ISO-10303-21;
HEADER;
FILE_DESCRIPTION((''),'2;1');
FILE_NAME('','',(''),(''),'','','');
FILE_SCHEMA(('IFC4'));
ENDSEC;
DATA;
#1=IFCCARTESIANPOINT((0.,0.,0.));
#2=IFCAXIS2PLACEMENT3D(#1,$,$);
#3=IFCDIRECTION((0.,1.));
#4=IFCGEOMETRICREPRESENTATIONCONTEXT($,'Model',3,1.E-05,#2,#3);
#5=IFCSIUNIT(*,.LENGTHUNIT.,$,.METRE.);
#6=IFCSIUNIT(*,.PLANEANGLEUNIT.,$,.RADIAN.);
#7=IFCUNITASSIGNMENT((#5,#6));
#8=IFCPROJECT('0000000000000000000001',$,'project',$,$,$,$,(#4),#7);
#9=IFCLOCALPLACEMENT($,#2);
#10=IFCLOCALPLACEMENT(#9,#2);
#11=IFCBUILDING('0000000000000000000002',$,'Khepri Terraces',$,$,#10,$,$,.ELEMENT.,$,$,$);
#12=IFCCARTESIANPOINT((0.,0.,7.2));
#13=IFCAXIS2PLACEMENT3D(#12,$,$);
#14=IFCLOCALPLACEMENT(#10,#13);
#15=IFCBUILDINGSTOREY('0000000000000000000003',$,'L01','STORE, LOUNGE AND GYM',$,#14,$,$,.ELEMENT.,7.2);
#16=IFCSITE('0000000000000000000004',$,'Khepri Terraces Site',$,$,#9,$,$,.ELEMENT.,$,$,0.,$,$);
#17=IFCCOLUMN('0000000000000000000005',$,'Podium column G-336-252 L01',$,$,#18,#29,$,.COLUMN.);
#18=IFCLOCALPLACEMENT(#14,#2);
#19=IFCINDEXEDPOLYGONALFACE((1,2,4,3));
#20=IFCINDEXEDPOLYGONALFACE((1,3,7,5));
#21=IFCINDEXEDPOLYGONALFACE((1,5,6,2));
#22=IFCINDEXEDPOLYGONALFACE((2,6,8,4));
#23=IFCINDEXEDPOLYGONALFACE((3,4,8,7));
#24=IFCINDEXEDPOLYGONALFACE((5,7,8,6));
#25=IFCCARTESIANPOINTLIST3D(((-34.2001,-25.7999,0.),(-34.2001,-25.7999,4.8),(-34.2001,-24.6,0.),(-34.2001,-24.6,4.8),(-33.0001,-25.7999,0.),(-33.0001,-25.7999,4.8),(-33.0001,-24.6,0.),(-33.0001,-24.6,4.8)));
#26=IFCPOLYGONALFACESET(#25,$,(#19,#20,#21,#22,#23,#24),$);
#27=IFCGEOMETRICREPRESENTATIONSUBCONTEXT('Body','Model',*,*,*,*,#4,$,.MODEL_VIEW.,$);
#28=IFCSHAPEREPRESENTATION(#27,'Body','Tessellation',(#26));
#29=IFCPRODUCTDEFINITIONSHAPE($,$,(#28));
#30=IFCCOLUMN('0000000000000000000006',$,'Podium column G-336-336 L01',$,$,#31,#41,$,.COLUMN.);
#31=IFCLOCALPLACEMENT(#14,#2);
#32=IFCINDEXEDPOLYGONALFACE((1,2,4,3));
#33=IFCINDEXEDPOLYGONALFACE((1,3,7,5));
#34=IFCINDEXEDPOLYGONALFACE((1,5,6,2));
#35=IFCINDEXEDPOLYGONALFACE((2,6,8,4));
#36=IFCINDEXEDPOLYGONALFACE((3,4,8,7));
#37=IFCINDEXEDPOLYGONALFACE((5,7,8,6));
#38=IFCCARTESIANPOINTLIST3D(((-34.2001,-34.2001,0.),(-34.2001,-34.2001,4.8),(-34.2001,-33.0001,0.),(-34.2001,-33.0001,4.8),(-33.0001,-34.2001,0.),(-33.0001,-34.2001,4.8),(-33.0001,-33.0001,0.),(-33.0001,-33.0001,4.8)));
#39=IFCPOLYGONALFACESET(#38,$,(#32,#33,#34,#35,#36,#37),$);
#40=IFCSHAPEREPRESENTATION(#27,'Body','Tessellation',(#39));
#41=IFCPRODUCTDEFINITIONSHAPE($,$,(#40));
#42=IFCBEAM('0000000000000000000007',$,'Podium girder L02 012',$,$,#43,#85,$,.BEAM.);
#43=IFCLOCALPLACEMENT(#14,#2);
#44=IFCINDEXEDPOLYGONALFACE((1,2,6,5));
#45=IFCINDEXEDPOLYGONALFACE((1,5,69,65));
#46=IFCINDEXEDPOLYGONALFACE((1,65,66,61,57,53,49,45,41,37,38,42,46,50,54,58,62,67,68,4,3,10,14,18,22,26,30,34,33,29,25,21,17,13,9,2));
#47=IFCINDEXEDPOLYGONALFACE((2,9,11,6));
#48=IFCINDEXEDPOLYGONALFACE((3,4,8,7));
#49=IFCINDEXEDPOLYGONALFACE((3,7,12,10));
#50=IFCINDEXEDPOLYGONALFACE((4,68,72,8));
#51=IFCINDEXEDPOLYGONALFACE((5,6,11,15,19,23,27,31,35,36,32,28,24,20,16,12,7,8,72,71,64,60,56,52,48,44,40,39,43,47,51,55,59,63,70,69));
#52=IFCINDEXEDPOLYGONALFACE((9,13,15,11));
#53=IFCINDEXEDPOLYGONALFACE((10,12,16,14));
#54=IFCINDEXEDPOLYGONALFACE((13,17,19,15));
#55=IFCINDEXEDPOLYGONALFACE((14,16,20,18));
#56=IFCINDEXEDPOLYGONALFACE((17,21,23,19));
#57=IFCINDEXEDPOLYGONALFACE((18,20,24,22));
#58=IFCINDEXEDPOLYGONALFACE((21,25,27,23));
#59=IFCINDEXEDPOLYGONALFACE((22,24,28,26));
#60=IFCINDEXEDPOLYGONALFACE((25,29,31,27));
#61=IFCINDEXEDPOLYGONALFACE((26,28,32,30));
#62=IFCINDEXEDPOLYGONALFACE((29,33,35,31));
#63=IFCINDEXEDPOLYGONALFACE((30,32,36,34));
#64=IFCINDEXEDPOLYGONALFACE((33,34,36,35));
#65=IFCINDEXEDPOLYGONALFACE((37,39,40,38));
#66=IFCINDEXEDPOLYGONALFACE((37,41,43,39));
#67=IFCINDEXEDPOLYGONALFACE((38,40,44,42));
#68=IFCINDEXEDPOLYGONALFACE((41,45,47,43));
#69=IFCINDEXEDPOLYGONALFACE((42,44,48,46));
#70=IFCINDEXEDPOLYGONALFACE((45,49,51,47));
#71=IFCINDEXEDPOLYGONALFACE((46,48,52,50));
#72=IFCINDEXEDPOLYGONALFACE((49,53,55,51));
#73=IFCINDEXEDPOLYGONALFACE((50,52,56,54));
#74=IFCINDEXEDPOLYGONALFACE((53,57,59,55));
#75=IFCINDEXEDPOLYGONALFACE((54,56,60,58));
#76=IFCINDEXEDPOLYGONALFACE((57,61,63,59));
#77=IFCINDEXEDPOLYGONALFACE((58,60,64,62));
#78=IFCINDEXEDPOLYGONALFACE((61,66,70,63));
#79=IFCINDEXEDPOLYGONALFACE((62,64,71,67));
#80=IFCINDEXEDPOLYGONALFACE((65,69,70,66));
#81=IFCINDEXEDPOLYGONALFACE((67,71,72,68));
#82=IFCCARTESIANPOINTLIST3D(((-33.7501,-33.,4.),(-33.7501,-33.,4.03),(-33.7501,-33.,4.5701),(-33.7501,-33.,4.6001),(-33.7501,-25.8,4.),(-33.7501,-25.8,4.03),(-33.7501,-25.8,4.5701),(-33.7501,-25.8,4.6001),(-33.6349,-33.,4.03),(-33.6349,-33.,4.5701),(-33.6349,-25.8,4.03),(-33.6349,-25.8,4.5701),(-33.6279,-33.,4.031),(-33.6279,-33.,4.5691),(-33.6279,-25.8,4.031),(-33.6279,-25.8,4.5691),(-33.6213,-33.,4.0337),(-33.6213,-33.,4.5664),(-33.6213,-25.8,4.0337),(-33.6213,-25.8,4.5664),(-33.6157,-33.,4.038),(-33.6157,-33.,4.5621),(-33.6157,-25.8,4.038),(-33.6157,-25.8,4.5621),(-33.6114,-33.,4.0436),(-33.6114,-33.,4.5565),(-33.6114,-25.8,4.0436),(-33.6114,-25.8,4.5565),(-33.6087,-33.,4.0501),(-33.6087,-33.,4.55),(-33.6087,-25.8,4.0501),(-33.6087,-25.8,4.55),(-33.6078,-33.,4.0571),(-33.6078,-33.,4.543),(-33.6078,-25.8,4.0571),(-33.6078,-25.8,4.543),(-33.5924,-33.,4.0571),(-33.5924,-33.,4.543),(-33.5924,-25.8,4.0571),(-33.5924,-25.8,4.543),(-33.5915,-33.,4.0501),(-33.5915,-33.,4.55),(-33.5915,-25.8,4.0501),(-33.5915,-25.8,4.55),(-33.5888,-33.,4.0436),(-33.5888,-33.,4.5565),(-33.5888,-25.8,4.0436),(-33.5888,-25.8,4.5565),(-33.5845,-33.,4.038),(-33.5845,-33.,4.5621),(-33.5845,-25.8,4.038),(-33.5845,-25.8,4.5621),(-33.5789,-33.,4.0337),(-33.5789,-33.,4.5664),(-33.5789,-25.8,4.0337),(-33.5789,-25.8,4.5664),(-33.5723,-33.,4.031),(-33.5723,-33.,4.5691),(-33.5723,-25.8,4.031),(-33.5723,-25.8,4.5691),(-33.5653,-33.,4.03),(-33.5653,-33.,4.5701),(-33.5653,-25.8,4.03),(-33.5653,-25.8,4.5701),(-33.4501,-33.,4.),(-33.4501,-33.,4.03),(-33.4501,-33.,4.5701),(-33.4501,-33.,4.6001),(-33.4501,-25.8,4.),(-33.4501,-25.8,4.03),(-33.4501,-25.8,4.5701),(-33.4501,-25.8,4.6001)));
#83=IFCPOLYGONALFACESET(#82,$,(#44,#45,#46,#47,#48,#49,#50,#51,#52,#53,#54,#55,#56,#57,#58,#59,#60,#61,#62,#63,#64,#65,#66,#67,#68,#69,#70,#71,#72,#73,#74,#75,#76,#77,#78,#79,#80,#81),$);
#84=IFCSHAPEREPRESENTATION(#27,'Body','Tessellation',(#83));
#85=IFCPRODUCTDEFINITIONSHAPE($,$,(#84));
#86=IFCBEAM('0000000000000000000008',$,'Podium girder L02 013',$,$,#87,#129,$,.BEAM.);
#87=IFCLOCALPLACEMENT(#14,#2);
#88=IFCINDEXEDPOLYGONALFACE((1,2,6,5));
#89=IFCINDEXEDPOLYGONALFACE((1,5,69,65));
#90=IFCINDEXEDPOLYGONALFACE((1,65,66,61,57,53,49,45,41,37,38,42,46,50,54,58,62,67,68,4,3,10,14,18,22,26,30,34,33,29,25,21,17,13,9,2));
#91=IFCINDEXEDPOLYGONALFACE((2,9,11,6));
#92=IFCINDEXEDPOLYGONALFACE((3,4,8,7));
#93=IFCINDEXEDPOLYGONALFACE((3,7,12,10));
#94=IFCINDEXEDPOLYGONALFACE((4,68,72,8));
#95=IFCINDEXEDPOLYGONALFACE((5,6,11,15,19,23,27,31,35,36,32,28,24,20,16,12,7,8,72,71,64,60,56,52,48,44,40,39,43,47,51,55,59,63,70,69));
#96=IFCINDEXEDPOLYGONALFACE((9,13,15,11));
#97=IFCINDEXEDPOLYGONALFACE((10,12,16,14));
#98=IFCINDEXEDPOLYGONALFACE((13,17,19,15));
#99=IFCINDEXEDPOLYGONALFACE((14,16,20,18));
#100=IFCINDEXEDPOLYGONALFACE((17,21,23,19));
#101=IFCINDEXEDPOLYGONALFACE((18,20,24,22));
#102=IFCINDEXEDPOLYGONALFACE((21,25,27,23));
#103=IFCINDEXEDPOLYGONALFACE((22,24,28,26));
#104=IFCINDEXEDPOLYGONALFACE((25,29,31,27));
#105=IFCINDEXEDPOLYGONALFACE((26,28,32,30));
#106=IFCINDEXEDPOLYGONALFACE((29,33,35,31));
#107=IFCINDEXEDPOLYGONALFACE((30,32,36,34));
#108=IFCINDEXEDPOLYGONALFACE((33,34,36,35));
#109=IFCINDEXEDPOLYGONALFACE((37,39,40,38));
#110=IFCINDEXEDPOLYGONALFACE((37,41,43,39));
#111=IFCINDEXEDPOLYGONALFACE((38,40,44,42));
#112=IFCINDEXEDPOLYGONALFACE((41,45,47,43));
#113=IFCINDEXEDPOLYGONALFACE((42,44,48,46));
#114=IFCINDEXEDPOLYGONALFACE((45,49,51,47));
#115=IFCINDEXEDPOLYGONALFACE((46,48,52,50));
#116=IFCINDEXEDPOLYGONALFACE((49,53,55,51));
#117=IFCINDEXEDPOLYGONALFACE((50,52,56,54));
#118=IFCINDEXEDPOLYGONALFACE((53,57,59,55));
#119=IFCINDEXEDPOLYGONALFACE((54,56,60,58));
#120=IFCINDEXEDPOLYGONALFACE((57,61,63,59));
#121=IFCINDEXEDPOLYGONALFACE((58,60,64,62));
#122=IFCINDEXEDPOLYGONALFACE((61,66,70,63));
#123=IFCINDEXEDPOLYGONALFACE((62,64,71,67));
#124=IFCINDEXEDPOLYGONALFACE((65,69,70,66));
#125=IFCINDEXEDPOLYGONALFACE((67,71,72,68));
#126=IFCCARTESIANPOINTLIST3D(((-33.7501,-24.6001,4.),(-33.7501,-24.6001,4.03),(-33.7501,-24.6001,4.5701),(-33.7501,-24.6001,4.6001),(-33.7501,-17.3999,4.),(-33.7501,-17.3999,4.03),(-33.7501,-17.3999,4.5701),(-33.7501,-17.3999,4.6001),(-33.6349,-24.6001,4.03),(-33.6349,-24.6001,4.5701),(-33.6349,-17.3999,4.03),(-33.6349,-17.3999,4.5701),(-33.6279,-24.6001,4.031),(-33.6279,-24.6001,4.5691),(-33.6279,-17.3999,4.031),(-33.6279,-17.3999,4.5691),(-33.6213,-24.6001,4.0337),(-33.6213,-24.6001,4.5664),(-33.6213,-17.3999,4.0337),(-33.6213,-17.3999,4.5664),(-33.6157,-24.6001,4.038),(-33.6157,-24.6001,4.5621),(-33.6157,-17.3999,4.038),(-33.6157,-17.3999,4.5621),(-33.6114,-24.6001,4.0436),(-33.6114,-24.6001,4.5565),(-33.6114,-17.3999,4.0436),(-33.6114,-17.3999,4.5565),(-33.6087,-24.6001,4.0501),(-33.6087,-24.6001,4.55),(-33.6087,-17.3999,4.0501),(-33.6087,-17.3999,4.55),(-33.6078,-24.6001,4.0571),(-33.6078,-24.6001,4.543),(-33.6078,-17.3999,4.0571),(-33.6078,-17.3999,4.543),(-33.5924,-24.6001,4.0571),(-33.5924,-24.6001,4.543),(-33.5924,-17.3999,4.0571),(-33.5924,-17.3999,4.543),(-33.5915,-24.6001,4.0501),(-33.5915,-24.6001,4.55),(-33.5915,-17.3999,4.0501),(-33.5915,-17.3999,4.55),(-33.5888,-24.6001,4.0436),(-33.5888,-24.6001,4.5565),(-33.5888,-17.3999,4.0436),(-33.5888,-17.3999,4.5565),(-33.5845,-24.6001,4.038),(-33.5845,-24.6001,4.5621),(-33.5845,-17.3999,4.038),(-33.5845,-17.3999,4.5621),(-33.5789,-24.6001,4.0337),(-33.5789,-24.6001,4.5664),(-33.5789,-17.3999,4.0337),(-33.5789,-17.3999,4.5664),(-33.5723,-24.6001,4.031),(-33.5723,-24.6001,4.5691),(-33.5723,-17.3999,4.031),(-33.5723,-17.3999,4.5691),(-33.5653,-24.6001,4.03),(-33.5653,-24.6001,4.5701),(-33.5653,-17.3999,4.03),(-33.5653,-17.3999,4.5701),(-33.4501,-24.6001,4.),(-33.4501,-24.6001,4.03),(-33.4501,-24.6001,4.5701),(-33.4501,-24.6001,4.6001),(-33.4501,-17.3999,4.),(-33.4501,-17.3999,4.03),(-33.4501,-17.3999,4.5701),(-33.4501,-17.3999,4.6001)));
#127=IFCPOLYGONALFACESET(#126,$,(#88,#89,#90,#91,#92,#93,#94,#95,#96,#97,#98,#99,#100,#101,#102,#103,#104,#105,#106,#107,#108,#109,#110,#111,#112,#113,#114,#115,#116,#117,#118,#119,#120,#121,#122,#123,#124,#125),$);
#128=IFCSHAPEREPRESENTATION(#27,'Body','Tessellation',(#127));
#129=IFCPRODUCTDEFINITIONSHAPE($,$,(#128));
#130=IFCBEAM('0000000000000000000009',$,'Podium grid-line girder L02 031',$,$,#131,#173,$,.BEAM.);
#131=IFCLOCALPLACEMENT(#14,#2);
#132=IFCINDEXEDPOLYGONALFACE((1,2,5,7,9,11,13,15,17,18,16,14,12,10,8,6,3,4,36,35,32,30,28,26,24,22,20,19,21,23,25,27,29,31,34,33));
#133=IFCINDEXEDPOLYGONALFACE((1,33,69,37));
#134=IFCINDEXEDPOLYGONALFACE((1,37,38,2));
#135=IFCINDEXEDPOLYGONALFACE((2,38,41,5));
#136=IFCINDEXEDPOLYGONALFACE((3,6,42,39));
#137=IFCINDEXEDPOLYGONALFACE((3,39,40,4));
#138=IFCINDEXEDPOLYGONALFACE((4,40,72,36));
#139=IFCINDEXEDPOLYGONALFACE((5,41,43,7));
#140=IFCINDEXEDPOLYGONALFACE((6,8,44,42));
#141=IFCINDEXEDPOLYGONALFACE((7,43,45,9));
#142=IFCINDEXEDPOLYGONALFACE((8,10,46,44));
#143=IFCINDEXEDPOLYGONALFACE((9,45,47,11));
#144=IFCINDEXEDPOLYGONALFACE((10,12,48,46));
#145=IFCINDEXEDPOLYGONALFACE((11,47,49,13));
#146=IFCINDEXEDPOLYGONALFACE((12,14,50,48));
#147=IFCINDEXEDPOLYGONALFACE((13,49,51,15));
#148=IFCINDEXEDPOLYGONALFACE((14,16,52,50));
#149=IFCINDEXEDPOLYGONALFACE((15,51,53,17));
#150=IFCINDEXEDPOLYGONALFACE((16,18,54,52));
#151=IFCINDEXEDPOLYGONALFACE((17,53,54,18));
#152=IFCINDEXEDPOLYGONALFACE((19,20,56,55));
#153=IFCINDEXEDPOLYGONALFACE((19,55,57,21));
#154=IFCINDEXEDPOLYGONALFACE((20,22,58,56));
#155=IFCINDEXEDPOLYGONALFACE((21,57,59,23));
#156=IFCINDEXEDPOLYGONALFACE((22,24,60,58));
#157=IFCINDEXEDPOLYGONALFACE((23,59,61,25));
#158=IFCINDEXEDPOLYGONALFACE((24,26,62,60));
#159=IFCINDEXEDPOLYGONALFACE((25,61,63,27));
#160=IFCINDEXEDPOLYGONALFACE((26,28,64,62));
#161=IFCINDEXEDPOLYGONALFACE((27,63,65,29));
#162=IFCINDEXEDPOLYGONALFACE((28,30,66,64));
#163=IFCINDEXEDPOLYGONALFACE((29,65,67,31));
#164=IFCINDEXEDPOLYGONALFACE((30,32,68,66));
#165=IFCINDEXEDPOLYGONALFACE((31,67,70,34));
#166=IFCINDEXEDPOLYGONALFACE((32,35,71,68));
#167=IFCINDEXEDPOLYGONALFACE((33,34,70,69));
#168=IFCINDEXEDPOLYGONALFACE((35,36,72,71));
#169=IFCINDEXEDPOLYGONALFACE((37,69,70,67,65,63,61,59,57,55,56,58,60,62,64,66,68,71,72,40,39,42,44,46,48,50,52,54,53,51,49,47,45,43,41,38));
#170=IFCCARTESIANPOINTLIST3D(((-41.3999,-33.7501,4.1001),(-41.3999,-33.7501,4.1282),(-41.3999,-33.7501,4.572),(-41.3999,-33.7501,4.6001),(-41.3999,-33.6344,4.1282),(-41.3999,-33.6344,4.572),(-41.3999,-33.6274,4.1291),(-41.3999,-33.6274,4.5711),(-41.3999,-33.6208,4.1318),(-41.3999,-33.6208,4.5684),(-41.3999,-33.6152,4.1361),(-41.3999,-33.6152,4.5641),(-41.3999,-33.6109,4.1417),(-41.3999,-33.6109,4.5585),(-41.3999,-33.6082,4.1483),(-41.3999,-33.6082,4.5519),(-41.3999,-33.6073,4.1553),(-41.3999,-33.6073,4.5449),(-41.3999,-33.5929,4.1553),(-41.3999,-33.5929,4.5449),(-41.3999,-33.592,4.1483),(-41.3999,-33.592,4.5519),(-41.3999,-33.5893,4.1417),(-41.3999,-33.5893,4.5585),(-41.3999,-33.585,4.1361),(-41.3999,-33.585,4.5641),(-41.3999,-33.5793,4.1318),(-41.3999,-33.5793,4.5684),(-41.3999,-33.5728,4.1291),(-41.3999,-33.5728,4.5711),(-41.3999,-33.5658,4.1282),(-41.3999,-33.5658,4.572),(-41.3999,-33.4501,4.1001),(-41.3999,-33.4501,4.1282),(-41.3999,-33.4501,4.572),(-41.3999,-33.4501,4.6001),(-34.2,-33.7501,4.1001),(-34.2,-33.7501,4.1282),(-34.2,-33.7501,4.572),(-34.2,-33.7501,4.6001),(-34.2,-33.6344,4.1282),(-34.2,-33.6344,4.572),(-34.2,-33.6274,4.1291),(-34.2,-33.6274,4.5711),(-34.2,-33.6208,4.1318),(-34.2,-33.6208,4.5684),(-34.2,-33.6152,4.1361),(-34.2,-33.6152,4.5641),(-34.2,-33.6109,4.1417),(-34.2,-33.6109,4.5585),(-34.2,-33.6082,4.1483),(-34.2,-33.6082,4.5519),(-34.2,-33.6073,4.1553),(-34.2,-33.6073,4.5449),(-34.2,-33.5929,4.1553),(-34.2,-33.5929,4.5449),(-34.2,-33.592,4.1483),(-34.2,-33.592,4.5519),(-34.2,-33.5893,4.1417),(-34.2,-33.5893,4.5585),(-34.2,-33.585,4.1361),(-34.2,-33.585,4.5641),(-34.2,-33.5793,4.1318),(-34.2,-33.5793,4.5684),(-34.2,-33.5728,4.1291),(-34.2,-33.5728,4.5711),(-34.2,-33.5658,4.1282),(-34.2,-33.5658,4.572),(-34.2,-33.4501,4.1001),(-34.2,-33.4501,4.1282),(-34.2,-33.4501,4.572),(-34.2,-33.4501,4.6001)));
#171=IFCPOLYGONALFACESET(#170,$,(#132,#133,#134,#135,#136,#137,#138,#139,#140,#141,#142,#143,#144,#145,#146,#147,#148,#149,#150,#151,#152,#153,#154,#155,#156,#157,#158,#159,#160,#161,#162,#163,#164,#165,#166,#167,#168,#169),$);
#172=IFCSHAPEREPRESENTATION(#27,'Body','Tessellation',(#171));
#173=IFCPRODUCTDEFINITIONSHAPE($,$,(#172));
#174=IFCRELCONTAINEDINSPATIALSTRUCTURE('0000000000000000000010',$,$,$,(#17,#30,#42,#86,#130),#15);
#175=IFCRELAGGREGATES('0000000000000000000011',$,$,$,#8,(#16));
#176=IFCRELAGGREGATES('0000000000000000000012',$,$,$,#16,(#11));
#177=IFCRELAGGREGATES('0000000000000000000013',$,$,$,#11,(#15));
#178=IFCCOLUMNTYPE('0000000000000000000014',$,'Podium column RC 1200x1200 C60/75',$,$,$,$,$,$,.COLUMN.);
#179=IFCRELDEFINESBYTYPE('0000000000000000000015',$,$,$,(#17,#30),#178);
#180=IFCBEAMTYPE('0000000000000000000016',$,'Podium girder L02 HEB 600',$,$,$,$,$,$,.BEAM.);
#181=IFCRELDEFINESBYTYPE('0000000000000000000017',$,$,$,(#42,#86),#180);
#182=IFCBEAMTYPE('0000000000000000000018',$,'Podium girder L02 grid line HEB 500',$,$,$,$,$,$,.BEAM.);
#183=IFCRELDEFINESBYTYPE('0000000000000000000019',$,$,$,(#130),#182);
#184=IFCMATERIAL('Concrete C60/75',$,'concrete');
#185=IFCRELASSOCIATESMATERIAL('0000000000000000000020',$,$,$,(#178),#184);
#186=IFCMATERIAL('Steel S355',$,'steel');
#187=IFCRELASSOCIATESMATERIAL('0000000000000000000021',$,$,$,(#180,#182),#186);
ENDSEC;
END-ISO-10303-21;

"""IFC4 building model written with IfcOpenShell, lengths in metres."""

from ifc_helpers import new_model, si_unit, direction, frame, origin, origin_2d, place, context, subcontext, project, spatial, rectangle, i_section, extrude, material, material_profile, profile_set, type_object, element, save


model = new_model("IFC4")

# Units and contexts
model_context = context("Model", 3, precision=1e-05, world=origin(), true_north=direction((0.0, 1.0)))
body_context = subcontext(model_context, "Body", "Model", "MODEL_VIEW")
ifc_project = project(units=[si_unit("LENGTHUNIT", "METRE"), si_unit("PLANEANGLEUNIT", "RADIAN")], contexts=[model_context])

# Site, building, storey
site_placement = place(None, origin())
site = spatial("IfcSite", under=ifc_project, at=site_placement, Name="Khepri Terraces Site", CompositionType="ELEMENT", RefElevation=0.0)
building_placement = place(site_placement, origin())
building = spatial("IfcBuilding", under=site, at=building_placement, Name="Khepri Terraces", CompositionType="ELEMENT")
storey_placement = place(building_placement, frame((0.0, 0.0, 7.2)))
storey = spatial("IfcBuildingStorey", under=building, at=storey_placement, Name="L01", Description="STORE, LOUNGE AND GYM", CompositionType="ELEMENT", Elevation=7.2)

# Columns
ifc_material_1 = material(Name="Concrete C60/75", Category="concrete")
ifc_material_profile_1 = material_profile(ifc_material_1, rectangle(XDim=1.2, YDim=1.2, at=origin_2d()), Name="Concrete C60/75", Category="concrete")
ifc_profile_set_1 = profile_set([ifc_material_profile_1], Name="Concrete C60/75")
column_type = type_object("IfcColumnType", Name="Podium column RC 1200x1200 C60/75", PredefinedType="COLUMN", material=ifc_profile_set_1)
for number, where, z_axis, x_axis, name in (
    (1, (-33.6001, -25.2, 0.0), (0.0, 0.0, 1.0), (1.0, 0.0, 0.0), "Podium column G-336-252 L01"),
    (2, (-33.6001, -33.6001, 0.0), (0.0, 0.0, 1.0), (1.0, 0.0, 0.0), "Podium column G-336-336 L01"),
):
    element("IfcColumn", number, at=place(storey_placement, frame(where, z_axis=z_axis, x_axis=x_axis)), inside=storey, type_object=column_type, Name=name, PredefinedType="COLUMN", context=body_context, shape_type="SweptSolid", body=[
        extrude(rectangle(XDim=1.2, YDim=1.2, at=origin_2d()), origin(), (0.0, 0.0, 1.0), 4.8),
    ])

# Beams
ifc_material_2 = material(Name="Steel S355", Category="steel")
ifc_material_profile_2 = material_profile(ifc_material_2, i_section(OverallWidth=0.3, OverallDepth=0.6001, WebThickness=0.0154, FlangeThickness=0.03, FilletRadius=0.0271, at=origin_2d()), Name="Steel S355", Category="steel")
ifc_profile_set_2 = profile_set([ifc_material_profile_2], Name="Steel S355")
beam_type_1 = type_object("IfcBeamType", Name="Podium girder L02 HEB 600", PredefinedType="BEAM", material=ifc_profile_set_2)
beam_1_placement = place(storey_placement, frame((-33.6001, -33.0, 4.3), z_axis=(0.0, 1.0, 0.0), x_axis=(-1.0, 0.0, 0.0)))
element("IfcBeam", 3, at=beam_1_placement, inside=storey, type_object=beam_type_1, Name="Podium girder L02 012", PredefinedType="BEAM", context=body_context, shape_type="SweptSolid", body=[
    extrude(i_section(OverallWidth=0.3, OverallDepth=0.6001, WebThickness=0.0154, FlangeThickness=0.03, FilletRadius=0.0271, at=origin_2d()), origin(), (0.0, 0.0, 1.0), 7.2),
])
beam_2_placement = place(storey_placement, frame((-33.6001, -24.6001, 4.3), z_axis=(0.0, 1.0, 0.0), x_axis=(-1.0, 0.0, 0.0)))
element("IfcBeam", 4, at=beam_2_placement, inside=storey, type_object=beam_type_1, Name="Podium girder L02 013", PredefinedType="BEAM", context=body_context, shape_type="SweptSolid", body=[
    extrude(i_section(OverallWidth=0.3, OverallDepth=0.6001, WebThickness=0.0154, FlangeThickness=0.03, FilletRadius=0.0271, at=origin_2d()), origin(), (0.0, 0.0, 1.0), 7.2002),
])
ifc_material_profile_3 = material_profile(ifc_material_2, i_section(OverallWidth=0.3, OverallDepth=0.5, WebThickness=0.0144, FlangeThickness=0.0281, FilletRadius=0.0271, at=origin_2d()), Name="Steel S355", Category="steel")
ifc_profile_set_3 = profile_set([ifc_material_profile_3], Name="Steel S355")
beam_type_2 = type_object("IfcBeamType", Name="Podium girder L02 grid line HEB 500", PredefinedType="BEAM", material=ifc_profile_set_3)
for number, where, z_axis, x_axis, name in (
    (5, (-41.3999, -33.6001, 4.3501), (1.0, 0.0, 0.0), (0.0, 1.0, 0.0), "Podium grid-line girder L02 031"),
):
    element("IfcBeam", number, at=place(storey_placement, frame(where, z_axis=z_axis, x_axis=x_axis)), inside=storey, type_object=beam_type_2, Name=name, PredefinedType="BEAM", context=body_context, shape_type="SweptSolid", body=[
        extrude(i_section(OverallWidth=0.3, OverallDepth=0.5, WebThickness=0.0144, FlangeThickness=0.0281, FilletRadius=0.0271, at=origin_2d()), origin(), (0.0, 0.0, 1.0), 7.2),
    ])

save(model, "model.ifc")
